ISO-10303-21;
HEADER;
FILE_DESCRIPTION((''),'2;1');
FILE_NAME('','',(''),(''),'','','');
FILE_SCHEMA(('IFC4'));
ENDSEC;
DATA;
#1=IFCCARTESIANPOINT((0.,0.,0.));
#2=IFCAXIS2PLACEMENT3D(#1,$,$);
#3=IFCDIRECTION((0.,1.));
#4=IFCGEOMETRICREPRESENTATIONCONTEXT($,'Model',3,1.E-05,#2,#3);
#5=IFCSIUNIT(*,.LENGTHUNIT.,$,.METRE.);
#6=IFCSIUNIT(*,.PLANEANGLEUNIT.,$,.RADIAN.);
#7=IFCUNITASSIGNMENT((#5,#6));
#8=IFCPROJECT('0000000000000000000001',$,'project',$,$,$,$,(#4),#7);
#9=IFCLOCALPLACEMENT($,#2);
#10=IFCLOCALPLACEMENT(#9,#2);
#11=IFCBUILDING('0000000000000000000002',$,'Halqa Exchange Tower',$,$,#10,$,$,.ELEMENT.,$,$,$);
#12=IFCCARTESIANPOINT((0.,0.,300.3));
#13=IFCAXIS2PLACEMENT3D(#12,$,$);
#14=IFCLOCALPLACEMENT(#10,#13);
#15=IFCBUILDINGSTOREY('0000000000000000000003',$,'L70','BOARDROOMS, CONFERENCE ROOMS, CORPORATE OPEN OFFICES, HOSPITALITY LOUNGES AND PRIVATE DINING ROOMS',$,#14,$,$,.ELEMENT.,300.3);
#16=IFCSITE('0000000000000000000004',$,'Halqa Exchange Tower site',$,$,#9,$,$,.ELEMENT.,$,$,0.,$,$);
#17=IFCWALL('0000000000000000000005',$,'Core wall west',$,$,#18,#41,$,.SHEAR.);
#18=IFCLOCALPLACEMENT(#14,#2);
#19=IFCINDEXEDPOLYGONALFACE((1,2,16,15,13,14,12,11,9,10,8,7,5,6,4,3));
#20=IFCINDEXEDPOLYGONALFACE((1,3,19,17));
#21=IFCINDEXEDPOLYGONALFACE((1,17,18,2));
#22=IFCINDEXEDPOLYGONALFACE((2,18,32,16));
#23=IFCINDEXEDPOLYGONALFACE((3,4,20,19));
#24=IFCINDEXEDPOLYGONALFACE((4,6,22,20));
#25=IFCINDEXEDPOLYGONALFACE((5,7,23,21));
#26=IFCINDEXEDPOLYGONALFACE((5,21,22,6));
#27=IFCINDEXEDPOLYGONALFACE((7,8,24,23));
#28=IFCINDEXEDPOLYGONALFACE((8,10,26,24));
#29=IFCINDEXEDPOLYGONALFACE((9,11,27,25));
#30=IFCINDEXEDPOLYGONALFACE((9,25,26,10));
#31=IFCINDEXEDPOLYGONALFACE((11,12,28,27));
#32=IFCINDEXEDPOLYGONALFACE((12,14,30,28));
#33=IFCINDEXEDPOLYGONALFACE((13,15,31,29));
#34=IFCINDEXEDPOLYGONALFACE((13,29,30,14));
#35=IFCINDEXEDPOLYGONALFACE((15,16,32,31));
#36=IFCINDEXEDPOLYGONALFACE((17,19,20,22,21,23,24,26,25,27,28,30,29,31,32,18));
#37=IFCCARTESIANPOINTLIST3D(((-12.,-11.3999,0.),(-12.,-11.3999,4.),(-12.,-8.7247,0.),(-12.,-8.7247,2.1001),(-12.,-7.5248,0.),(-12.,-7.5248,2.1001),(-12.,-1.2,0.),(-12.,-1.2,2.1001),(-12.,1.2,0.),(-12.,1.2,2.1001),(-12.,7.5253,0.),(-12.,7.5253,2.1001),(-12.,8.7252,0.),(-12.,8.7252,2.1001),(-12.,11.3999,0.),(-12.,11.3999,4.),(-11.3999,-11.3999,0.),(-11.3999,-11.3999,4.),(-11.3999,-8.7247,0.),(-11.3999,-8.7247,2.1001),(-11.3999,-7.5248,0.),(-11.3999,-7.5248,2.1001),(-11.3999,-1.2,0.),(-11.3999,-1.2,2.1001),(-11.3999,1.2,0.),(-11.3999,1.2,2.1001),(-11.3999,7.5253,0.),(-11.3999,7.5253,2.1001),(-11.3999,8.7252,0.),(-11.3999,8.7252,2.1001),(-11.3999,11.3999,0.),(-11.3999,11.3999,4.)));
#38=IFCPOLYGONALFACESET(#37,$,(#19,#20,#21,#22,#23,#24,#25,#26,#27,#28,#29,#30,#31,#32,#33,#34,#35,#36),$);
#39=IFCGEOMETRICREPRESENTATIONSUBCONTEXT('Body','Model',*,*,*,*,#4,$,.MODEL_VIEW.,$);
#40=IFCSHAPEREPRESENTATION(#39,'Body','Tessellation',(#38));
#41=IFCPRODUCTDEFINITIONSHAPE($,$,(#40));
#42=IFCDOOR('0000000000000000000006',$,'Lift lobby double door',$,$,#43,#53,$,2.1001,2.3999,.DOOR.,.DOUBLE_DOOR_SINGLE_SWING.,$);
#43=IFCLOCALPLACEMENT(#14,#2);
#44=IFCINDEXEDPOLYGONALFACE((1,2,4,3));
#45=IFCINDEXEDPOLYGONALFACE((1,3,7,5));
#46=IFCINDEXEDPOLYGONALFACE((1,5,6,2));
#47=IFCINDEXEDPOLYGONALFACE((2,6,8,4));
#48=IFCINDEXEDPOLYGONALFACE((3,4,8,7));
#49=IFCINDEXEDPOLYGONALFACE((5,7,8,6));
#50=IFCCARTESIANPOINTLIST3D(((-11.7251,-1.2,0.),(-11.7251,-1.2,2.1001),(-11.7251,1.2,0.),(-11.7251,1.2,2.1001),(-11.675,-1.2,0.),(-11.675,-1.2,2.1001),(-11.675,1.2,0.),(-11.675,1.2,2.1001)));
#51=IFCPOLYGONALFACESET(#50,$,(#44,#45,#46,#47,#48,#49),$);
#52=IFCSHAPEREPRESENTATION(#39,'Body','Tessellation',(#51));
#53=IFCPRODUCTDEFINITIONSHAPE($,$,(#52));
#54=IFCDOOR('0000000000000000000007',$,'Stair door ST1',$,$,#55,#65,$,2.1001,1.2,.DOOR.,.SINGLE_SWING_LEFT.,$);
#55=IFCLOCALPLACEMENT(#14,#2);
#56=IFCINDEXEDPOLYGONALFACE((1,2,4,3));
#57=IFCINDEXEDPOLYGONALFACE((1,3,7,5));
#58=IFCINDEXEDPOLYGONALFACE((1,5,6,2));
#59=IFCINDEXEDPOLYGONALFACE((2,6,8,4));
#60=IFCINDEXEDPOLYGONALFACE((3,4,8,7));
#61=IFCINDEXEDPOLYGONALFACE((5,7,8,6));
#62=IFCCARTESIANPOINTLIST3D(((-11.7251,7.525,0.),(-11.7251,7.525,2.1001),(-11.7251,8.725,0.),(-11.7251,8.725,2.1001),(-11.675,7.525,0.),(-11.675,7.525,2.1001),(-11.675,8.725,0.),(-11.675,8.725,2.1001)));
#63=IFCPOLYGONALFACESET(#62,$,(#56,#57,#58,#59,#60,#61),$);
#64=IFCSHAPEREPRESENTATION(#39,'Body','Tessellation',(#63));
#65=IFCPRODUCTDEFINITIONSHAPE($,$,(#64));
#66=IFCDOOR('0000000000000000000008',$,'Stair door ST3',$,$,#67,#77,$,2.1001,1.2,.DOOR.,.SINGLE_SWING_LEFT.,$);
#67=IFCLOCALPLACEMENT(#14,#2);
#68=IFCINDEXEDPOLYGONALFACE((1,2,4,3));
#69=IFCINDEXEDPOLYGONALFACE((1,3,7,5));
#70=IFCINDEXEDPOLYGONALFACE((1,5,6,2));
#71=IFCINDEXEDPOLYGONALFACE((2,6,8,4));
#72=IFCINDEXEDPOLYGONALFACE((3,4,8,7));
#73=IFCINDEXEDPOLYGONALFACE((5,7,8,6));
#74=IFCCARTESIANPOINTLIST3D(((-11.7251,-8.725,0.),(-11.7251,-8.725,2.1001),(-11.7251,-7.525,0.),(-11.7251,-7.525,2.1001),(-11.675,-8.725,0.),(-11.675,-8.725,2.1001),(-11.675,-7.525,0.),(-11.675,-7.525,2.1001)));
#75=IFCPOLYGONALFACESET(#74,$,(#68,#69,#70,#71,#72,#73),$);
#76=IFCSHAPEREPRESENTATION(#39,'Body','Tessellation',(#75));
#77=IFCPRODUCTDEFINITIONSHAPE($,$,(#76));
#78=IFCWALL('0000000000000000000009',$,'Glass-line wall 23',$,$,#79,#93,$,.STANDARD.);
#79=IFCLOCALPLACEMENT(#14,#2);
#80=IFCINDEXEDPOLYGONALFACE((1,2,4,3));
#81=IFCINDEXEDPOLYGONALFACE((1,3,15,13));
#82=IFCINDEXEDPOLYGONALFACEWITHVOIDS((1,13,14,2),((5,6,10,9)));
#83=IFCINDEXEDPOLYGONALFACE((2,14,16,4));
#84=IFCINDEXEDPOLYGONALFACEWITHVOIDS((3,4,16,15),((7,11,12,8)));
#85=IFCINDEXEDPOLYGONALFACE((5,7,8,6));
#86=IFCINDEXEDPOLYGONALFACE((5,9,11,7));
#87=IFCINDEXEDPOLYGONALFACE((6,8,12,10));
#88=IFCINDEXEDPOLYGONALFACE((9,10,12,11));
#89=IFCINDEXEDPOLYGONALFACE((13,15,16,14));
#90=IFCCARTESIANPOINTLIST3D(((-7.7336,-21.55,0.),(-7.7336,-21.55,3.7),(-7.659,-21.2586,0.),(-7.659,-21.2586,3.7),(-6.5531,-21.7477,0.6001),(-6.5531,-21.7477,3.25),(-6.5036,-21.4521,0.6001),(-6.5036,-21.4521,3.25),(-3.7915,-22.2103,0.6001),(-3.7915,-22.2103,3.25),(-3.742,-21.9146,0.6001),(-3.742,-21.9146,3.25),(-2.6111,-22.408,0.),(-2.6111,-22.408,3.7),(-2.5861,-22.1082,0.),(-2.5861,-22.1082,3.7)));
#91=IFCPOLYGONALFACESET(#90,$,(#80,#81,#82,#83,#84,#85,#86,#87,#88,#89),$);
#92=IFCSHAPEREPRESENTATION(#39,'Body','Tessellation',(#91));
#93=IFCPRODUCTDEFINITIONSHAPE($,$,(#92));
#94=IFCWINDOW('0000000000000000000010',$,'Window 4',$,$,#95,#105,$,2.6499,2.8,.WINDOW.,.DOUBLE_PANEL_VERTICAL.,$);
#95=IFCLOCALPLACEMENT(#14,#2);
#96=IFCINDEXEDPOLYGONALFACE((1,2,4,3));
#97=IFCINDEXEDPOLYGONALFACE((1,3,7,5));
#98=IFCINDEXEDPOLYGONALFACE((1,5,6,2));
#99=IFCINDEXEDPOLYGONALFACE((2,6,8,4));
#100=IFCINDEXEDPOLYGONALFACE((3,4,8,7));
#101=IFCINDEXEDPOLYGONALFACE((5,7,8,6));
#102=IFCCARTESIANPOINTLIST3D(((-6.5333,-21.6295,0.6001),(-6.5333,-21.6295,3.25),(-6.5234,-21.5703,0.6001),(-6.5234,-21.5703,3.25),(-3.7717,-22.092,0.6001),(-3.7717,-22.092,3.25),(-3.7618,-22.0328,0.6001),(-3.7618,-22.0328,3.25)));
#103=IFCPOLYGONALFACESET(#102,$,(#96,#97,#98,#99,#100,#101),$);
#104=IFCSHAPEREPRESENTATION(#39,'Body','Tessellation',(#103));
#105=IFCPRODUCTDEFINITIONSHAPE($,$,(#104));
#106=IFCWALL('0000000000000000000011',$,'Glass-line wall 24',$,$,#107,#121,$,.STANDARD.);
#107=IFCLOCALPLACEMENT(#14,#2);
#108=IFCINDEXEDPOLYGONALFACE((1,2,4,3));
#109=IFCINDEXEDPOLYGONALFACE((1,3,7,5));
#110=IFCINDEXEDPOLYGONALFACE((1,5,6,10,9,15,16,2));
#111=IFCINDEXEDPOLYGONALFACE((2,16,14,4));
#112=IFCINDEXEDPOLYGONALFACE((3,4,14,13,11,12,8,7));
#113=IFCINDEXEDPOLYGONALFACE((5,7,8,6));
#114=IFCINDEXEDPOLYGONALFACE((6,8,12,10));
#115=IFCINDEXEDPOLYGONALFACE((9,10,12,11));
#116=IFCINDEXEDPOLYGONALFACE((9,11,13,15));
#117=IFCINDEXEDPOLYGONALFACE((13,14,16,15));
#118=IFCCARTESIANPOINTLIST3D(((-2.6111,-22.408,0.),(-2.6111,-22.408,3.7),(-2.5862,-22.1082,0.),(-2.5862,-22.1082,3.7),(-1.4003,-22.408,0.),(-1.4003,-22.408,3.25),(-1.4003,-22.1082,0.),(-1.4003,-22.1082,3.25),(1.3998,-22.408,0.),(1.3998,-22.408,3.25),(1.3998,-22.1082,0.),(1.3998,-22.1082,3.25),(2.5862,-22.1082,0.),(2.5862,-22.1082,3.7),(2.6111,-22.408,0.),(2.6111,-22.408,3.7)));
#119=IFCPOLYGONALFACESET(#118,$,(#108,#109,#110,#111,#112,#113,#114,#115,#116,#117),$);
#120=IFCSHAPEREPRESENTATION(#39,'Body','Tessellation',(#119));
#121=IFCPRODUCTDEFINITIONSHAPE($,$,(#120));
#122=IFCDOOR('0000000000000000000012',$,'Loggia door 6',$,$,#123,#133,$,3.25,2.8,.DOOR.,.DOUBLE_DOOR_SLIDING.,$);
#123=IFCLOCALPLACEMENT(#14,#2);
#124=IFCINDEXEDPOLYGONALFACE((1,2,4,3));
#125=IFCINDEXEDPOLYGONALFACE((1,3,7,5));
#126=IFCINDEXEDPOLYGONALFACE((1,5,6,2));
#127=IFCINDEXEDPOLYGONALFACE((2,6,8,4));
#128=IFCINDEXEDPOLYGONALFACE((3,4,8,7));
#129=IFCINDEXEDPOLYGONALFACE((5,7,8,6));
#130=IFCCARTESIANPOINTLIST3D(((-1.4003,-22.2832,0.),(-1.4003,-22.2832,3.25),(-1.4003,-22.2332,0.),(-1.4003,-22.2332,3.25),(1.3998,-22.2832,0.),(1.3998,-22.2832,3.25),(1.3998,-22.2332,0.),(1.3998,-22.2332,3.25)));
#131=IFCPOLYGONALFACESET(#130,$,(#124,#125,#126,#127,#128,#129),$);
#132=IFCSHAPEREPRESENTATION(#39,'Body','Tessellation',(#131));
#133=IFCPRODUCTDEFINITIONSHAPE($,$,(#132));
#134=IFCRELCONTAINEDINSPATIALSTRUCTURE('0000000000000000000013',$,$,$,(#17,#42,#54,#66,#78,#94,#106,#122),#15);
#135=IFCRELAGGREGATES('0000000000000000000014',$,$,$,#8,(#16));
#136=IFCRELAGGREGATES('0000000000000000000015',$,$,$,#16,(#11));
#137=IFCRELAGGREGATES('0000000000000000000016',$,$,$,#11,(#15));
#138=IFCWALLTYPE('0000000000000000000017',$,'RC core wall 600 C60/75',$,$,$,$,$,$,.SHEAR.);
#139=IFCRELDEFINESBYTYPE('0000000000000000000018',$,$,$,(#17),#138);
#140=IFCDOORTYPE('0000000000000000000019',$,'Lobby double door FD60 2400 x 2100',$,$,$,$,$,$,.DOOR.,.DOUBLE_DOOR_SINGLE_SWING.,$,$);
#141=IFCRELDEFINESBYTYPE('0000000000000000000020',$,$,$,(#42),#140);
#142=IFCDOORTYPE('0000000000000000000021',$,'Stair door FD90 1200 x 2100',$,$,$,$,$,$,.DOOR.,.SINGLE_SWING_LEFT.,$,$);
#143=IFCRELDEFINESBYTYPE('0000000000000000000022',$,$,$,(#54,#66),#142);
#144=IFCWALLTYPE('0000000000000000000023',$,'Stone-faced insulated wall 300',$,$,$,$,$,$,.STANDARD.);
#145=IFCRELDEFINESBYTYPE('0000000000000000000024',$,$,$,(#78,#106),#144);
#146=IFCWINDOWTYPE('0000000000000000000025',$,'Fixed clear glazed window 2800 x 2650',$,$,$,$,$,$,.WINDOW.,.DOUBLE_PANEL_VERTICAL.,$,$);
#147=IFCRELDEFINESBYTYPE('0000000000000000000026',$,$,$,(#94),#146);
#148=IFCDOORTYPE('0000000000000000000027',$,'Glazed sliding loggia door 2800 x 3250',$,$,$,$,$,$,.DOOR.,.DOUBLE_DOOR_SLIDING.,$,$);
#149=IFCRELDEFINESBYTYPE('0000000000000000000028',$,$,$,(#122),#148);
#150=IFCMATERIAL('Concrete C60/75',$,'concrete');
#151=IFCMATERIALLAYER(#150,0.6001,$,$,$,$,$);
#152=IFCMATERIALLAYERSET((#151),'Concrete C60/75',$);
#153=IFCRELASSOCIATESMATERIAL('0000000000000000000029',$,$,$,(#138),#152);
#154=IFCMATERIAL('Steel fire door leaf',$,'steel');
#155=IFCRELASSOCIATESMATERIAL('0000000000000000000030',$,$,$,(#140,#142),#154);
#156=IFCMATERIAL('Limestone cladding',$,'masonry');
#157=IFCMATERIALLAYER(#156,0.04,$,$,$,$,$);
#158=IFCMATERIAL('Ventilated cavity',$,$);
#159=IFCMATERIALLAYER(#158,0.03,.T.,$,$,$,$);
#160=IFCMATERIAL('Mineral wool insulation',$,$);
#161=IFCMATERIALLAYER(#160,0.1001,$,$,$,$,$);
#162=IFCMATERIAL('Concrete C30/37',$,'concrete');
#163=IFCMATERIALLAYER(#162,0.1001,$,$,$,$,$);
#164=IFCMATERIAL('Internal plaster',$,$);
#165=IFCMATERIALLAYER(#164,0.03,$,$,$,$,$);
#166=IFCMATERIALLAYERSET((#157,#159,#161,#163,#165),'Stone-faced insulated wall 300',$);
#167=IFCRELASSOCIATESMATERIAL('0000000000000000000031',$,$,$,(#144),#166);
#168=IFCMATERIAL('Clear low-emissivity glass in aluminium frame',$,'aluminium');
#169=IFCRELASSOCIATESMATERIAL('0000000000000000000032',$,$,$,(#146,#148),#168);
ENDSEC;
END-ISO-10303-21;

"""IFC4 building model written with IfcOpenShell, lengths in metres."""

from ifc_helpers import new_model, si_unit, direction, frame, frame_2d, origin, place, context, subcontext, project, spatial, polyline, rectangle, outline, extrude, material, layer, layer_set, type_object, element, fill, save


model = new_model("IFC4")

# Units and contexts
model_context = context("Model", 3, precision=1e-05, world=origin(), true_north=direction((0.0, 1.0)))
body_context = subcontext(model_context, "Body", "Model", "MODEL_VIEW")
ifc_project = project(units=[si_unit("LENGTHUNIT", "METRE"), si_unit("PLANEANGLEUNIT", "RADIAN")], contexts=[model_context])

# Site, building, storey
site_placement = place(None, origin())
site = spatial("IfcSite", under=ifc_project, at=site_placement, Name="Halqa Exchange Tower site", CompositionType="ELEMENT", RefElevation=0.0)
building_placement = place(site_placement, origin())
building = spatial("IfcBuilding", under=site, at=building_placement, Name="Halqa Exchange Tower", CompositionType="ELEMENT")
storey_placement = place(building_placement, frame((0.0, 0.0, 300.3)))
storey = spatial("IfcBuildingStorey", under=building, at=storey_placement, Name="L70", Description="BOARDROOMS, CONFERENCE ROOMS, CORPORATE OPEN OFFICES, HOSPITALITY LOUNGES AND PRIVATE DINING ROOMS", CompositionType="ELEMENT", Elevation=300.3)

# Shared definitions
ifc_material_1 = material(Name="Concrete C60/75", Category="concrete")

# Wall, openings, doors
ifc_layer_1 = layer(ifc_material_1, 0.6001)
ifc_layer_set_1 = layer_set([ifc_layer_1], Name="Concrete C60/75")
wall_type_1 = type_object("IfcWallType", Name="RC core wall 600 C60/75", PredefinedType="SHEAR", material=ifc_layer_set_1)
wall_1_placement = place(storey_placement, frame((-11.7, -11.3999, 0.0), z_axis=(0.0, 0.0, 1.0), x_axis=(0.0, 1.0, 0.0)))
wall_1 = element("IfcWall", 1, at=wall_1_placement, inside=storey, type_object=wall_type_1, Name="Core wall west", PredefinedType="SHEAR", context=body_context, shape_type="SweptSolid", body=[
    extrude(rectangle(XDim=22.7998, YDim=0.6001, at=frame_2d((11.3999, 0.0))), origin(), (0.0, 0.0, 1.0), 4.0),
])
opening_1_placement = place(wall_1_placement, frame((10.2, 0.0, 0.0)))
opening_1 = element("IfcOpeningElement", 2, at=opening_1_placement, cuts=wall_1, PredefinedType="OPENING", context=body_context, shape_type="SweptSolid", body=[
    extrude(rectangle(XDim=2.3999, YDim=2.1001, at=frame_2d((1.2, 1.05))), frame((0.0, 0.312, 0.0), z_axis=(0.0, -1.0, 0.0), x_axis=(1.0, 0.0, 0.0)), (0.0, 0.0, 1.0), 0.624),
])
opening_2_placement = place(wall_1_placement, frame((18.925, 0.0, 0.0)))
opening_2 = element("IfcOpeningElement", 3, at=opening_2_placement, cuts=wall_1, PredefinedType="OPENING", context=body_context, shape_type="SweptSolid", body=[
    extrude(rectangle(XDim=1.2, YDim=2.1001, at=frame_2d((0.6001, 1.05))), frame((0.0, 0.312, 0.0), z_axis=(0.0, -1.0, 0.0), x_axis=(1.0, 0.0, 0.0)), (0.0, 0.0, 1.0), 0.624),
])
opening_3_placement = place(wall_1_placement, frame((2.675, 0.0, 0.0)))
opening_3 = element("IfcOpeningElement", 4, at=opening_3_placement, cuts=wall_1, PredefinedType="OPENING", context=body_context, shape_type="SweptSolid", body=[
    extrude(rectangle(XDim=1.2, YDim=2.1001, at=frame_2d((0.6001, 1.05))), frame((0.0, 0.312, 0.0), z_axis=(0.0, -1.0, 0.0), x_axis=(1.0, 0.0, 0.0)), (0.0, 0.0, 1.0), 0.624),
])
ifc_material_2 = material(Name="Steel fire door leaf", Category="steel")
door_type_1 = type_object("IfcDoorType", Name="Lobby double door FD60 2400 x 2100", OperationType="DOUBLE_DOOR_SINGLE_SWING", PredefinedType="DOOR", material=ifc_material_2)
door_1_placement = place(opening_1_placement, frame((2.3999, 0.0, 0.0), z_axis=(0.0, 0.0, 1.0), x_axis=(-1.0, 0.0, 0.0)))
door_1 = element("IfcDoor", 5, at=door_1_placement, inside=storey, type_object=door_type_1, Name="Lift lobby double door", OperationType="DOUBLE_DOOR_SINGLE_SWING", OverallHeight=2.1001, OverallWidth=2.3999, PredefinedType="DOOR", context=body_context, shape_type="SweptSolid", body=[
    extrude(rectangle(XDim=2.3999, YDim=2.1001, at=frame_2d((1.2, 1.05))), frame((0.0, 0.0249, 0.0), z_axis=(0.0, -1.0, 0.0), x_axis=(1.0, 0.0, 0.0)), (0.0, 0.0, 1.0), 0.05),
])
fill(opening_1, door_1)
door_type_2 = type_object("IfcDoorType", Name="Stair door FD90 1200 x 2100", OperationType="SINGLE_SWING_LEFT", PredefinedType="DOOR", material=ifc_material_2)
door_2_placement = place(opening_2_placement, frame((1.2, 0.0, 0.0), z_axis=(0.0, 0.0, 1.0), x_axis=(-1.0, 0.0, 0.0)))
door_2 = element("IfcDoor", 6, at=door_2_placement, inside=storey, type_object=door_type_2, Name="Stair door ST1", OperationType="SINGLE_SWING_LEFT", OverallHeight=2.1001, OverallWidth=1.2, PredefinedType="DOOR", context=body_context, shape_type="SweptSolid", body=[
    extrude(rectangle(XDim=1.2, YDim=2.1001, at=frame_2d((0.6001, 1.05))), frame((0.0, 0.0249, 0.0), z_axis=(0.0, -1.0, 0.0), x_axis=(1.0, 0.0, 0.0)), (0.0, 0.0, 1.0), 0.05),
])
fill(opening_2, door_2)
door_3_placement = place(opening_3_placement, frame((1.2, 0.0, 0.0), z_axis=(0.0, 0.0, 1.0), x_axis=(-1.0, 0.0, 0.0)))
door_3 = element("IfcDoor", 7, at=door_3_placement, inside=storey, type_object=door_type_2, Name="Stair door ST3", OperationType="SINGLE_SWING_LEFT", OverallHeight=2.1001, OverallWidth=1.2, PredefinedType="DOOR", context=body_context, shape_type="SweptSolid", body=[
    extrude(rectangle(XDim=1.2, YDim=2.1001, at=frame_2d((0.6001, 1.05))), frame((0.0, 0.0249, 0.0), z_axis=(0.0, -1.0, 0.0), x_axis=(1.0, 0.0, 0.0)), (0.0, 0.0, 1.0), 0.05),
])
fill(opening_3, door_3)

# Wall, opening, window
ifc_material_3 = material(Name="Limestone cladding", Category="masonry")
ifc_layer_2 = layer(ifc_material_3, 0.04)
ifc_material_4 = material(Name="Ventilated cavity")
ifc_layer_3 = layer(ifc_material_4, 0.03, ventilated=True)
ifc_material_5 = material(Name="Mineral wool insulation")
ifc_layer_4 = layer(ifc_material_5, 0.1001)
ifc_material_6 = material(Name="Concrete C30/37", Category="concrete")
ifc_layer_5 = layer(ifc_material_6, 0.1001)
ifc_material_7 = material(Name="Internal plaster")
ifc_layer_6 = layer(ifc_material_7, 0.03)
ifc_layer_set_2 = layer_set([ifc_layer_2, ifc_layer_3, ifc_layer_4, ifc_layer_5, ifc_layer_6], Name="Stone-faced insulated wall 300")
wall_type_2 = type_object("IfcWallType", Name="Stone-faced insulated wall 300", PredefinedType="STANDARD", material=ifc_layer_set_2)
wall_2_placement = place(storey_placement, frame((-7.6963, -21.4043, 0.0), z_axis=(0.0, 0.0, 1.0), x_axis=(0.986263, -0.16518, 0.0)))
wall_2 = element("IfcWall", 8, at=wall_2_placement, inside=storey, type_object=wall_type_2, Name="Glass-line wall 23", PredefinedType="STANDARD", context=body_context, shape_type="SweptSolid", body=[
    extrude(outline(polyline([(-0.0127, -0.1499), (5.1812, -0.1499), (5.1562, 0.1499), (0.0127, 0.1499), (-0.0127, -0.1499)])), origin(), (0.0, 0.0, 1.0), 3.7),
])
opening_4_placement = place(wall_2_placement, frame((1.1843, 0.0, 0.6001)))
opening_4 = element("IfcOpeningElement", 9, at=opening_4_placement, cuts=wall_2, PredefinedType="OPENING", context=body_context, shape_type="SweptSolid", body=[
    extrude(rectangle(XDim=2.8, YDim=2.6499, at=frame_2d((1.3999, 1.325))), frame((0.0, 0.1621, 0.0), z_axis=(0.0, -1.0, 0.0), x_axis=(1.0, 0.0, 0.0)), (0.0, 0.0, 1.0), 0.324),
])
ifc_material_8 = material(Name="Clear low-emissivity glass in aluminium frame", Category="aluminium")
window_type = type_object("IfcWindowType", Name="Fixed clear glazed window 2800 x 2650", PartitioningType="DOUBLE_PANEL_VERTICAL", PredefinedType="WINDOW", material=ifc_material_8)
window_placement = place(opening_4_placement, origin())
window = element("IfcWindow", 10, at=window_placement, inside=storey, type_object=window_type, Name="Window 4", OverallHeight=2.6499, OverallWidth=2.8, PartitioningType="DOUBLE_PANEL_VERTICAL", PredefinedType="WINDOW", context=body_context, shape_type="SweptSolid", body=[
    extrude(rectangle(XDim=2.8, YDim=2.6499, at=frame_2d((1.3999, 1.325))), frame((0.0, 0.03, 0.0), z_axis=(0.0, -1.0, 0.0), x_axis=(1.0, 0.0, 0.0)), (0.0, 0.0, 1.0), 0.0601),
])
fill(opening_4, window)

# Wall, opening, door
wall_3_placement = place(storey_placement, frame((-2.5986, -22.2581, 0.0), z_axis=(0.0, 0.0, 1.0), x_axis=(1.0, 0.0, 0.0)))
wall_3 = element("IfcWall", 11, at=wall_3_placement, inside=storey, type_object=wall_type_2, Name="Glass-line wall 24", PredefinedType="STANDARD", context=body_context, shape_type="SweptSolid", body=[
    extrude(outline(polyline([(-0.0125, -0.1499), (5.2097, -0.1499), (5.1848, 0.1499), (0.0125, 0.1499), (-0.0125, -0.1499)])), origin(), (0.0, 0.0, 1.0), 3.7),
])
opening_5_placement = place(wall_3_placement, frame((1.1985, 0.0, 0.0)))
opening_5 = element("IfcOpeningElement", 12, at=opening_5_placement, cuts=wall_3, PredefinedType="OPENING", context=body_context, shape_type="SweptSolid", body=[
    extrude(rectangle(XDim=2.8, YDim=3.25, at=frame_2d((1.3999, 1.625))), frame((0.0, 0.1621, 0.0), z_axis=(0.0, -1.0, 0.0), x_axis=(1.0, 0.0, 0.0)), (0.0, 0.0, 1.0), 0.324),
])
door_type_3 = type_object("IfcDoorType", Name="Glazed sliding loggia door 2800 x 3250", OperationType="DOUBLE_DOOR_SLIDING", PredefinedType="DOOR", material=ifc_material_8)
door_4_placement = place(opening_5_placement, origin())
door_4 = element("IfcDoor", 13, at=door_4_placement, inside=storey, type_object=door_type_3, Name="Loggia door 6", OperationType="DOUBLE_DOOR_SLIDING", OverallHeight=3.25, OverallWidth=2.8, PredefinedType="DOOR", context=body_context, shape_type="SweptSolid", body=[
    extrude(rectangle(XDim=2.8, YDim=3.25, at=frame_2d((1.3999, 1.625))), frame((0.0, 0.0249, 0.0), z_axis=(0.0, -1.0, 0.0), x_axis=(1.0, 0.0, 0.0)), (0.0, 0.0, 1.0), 0.05),
])
fill(opening_5, door_4)

save(model, "model.ifc")
